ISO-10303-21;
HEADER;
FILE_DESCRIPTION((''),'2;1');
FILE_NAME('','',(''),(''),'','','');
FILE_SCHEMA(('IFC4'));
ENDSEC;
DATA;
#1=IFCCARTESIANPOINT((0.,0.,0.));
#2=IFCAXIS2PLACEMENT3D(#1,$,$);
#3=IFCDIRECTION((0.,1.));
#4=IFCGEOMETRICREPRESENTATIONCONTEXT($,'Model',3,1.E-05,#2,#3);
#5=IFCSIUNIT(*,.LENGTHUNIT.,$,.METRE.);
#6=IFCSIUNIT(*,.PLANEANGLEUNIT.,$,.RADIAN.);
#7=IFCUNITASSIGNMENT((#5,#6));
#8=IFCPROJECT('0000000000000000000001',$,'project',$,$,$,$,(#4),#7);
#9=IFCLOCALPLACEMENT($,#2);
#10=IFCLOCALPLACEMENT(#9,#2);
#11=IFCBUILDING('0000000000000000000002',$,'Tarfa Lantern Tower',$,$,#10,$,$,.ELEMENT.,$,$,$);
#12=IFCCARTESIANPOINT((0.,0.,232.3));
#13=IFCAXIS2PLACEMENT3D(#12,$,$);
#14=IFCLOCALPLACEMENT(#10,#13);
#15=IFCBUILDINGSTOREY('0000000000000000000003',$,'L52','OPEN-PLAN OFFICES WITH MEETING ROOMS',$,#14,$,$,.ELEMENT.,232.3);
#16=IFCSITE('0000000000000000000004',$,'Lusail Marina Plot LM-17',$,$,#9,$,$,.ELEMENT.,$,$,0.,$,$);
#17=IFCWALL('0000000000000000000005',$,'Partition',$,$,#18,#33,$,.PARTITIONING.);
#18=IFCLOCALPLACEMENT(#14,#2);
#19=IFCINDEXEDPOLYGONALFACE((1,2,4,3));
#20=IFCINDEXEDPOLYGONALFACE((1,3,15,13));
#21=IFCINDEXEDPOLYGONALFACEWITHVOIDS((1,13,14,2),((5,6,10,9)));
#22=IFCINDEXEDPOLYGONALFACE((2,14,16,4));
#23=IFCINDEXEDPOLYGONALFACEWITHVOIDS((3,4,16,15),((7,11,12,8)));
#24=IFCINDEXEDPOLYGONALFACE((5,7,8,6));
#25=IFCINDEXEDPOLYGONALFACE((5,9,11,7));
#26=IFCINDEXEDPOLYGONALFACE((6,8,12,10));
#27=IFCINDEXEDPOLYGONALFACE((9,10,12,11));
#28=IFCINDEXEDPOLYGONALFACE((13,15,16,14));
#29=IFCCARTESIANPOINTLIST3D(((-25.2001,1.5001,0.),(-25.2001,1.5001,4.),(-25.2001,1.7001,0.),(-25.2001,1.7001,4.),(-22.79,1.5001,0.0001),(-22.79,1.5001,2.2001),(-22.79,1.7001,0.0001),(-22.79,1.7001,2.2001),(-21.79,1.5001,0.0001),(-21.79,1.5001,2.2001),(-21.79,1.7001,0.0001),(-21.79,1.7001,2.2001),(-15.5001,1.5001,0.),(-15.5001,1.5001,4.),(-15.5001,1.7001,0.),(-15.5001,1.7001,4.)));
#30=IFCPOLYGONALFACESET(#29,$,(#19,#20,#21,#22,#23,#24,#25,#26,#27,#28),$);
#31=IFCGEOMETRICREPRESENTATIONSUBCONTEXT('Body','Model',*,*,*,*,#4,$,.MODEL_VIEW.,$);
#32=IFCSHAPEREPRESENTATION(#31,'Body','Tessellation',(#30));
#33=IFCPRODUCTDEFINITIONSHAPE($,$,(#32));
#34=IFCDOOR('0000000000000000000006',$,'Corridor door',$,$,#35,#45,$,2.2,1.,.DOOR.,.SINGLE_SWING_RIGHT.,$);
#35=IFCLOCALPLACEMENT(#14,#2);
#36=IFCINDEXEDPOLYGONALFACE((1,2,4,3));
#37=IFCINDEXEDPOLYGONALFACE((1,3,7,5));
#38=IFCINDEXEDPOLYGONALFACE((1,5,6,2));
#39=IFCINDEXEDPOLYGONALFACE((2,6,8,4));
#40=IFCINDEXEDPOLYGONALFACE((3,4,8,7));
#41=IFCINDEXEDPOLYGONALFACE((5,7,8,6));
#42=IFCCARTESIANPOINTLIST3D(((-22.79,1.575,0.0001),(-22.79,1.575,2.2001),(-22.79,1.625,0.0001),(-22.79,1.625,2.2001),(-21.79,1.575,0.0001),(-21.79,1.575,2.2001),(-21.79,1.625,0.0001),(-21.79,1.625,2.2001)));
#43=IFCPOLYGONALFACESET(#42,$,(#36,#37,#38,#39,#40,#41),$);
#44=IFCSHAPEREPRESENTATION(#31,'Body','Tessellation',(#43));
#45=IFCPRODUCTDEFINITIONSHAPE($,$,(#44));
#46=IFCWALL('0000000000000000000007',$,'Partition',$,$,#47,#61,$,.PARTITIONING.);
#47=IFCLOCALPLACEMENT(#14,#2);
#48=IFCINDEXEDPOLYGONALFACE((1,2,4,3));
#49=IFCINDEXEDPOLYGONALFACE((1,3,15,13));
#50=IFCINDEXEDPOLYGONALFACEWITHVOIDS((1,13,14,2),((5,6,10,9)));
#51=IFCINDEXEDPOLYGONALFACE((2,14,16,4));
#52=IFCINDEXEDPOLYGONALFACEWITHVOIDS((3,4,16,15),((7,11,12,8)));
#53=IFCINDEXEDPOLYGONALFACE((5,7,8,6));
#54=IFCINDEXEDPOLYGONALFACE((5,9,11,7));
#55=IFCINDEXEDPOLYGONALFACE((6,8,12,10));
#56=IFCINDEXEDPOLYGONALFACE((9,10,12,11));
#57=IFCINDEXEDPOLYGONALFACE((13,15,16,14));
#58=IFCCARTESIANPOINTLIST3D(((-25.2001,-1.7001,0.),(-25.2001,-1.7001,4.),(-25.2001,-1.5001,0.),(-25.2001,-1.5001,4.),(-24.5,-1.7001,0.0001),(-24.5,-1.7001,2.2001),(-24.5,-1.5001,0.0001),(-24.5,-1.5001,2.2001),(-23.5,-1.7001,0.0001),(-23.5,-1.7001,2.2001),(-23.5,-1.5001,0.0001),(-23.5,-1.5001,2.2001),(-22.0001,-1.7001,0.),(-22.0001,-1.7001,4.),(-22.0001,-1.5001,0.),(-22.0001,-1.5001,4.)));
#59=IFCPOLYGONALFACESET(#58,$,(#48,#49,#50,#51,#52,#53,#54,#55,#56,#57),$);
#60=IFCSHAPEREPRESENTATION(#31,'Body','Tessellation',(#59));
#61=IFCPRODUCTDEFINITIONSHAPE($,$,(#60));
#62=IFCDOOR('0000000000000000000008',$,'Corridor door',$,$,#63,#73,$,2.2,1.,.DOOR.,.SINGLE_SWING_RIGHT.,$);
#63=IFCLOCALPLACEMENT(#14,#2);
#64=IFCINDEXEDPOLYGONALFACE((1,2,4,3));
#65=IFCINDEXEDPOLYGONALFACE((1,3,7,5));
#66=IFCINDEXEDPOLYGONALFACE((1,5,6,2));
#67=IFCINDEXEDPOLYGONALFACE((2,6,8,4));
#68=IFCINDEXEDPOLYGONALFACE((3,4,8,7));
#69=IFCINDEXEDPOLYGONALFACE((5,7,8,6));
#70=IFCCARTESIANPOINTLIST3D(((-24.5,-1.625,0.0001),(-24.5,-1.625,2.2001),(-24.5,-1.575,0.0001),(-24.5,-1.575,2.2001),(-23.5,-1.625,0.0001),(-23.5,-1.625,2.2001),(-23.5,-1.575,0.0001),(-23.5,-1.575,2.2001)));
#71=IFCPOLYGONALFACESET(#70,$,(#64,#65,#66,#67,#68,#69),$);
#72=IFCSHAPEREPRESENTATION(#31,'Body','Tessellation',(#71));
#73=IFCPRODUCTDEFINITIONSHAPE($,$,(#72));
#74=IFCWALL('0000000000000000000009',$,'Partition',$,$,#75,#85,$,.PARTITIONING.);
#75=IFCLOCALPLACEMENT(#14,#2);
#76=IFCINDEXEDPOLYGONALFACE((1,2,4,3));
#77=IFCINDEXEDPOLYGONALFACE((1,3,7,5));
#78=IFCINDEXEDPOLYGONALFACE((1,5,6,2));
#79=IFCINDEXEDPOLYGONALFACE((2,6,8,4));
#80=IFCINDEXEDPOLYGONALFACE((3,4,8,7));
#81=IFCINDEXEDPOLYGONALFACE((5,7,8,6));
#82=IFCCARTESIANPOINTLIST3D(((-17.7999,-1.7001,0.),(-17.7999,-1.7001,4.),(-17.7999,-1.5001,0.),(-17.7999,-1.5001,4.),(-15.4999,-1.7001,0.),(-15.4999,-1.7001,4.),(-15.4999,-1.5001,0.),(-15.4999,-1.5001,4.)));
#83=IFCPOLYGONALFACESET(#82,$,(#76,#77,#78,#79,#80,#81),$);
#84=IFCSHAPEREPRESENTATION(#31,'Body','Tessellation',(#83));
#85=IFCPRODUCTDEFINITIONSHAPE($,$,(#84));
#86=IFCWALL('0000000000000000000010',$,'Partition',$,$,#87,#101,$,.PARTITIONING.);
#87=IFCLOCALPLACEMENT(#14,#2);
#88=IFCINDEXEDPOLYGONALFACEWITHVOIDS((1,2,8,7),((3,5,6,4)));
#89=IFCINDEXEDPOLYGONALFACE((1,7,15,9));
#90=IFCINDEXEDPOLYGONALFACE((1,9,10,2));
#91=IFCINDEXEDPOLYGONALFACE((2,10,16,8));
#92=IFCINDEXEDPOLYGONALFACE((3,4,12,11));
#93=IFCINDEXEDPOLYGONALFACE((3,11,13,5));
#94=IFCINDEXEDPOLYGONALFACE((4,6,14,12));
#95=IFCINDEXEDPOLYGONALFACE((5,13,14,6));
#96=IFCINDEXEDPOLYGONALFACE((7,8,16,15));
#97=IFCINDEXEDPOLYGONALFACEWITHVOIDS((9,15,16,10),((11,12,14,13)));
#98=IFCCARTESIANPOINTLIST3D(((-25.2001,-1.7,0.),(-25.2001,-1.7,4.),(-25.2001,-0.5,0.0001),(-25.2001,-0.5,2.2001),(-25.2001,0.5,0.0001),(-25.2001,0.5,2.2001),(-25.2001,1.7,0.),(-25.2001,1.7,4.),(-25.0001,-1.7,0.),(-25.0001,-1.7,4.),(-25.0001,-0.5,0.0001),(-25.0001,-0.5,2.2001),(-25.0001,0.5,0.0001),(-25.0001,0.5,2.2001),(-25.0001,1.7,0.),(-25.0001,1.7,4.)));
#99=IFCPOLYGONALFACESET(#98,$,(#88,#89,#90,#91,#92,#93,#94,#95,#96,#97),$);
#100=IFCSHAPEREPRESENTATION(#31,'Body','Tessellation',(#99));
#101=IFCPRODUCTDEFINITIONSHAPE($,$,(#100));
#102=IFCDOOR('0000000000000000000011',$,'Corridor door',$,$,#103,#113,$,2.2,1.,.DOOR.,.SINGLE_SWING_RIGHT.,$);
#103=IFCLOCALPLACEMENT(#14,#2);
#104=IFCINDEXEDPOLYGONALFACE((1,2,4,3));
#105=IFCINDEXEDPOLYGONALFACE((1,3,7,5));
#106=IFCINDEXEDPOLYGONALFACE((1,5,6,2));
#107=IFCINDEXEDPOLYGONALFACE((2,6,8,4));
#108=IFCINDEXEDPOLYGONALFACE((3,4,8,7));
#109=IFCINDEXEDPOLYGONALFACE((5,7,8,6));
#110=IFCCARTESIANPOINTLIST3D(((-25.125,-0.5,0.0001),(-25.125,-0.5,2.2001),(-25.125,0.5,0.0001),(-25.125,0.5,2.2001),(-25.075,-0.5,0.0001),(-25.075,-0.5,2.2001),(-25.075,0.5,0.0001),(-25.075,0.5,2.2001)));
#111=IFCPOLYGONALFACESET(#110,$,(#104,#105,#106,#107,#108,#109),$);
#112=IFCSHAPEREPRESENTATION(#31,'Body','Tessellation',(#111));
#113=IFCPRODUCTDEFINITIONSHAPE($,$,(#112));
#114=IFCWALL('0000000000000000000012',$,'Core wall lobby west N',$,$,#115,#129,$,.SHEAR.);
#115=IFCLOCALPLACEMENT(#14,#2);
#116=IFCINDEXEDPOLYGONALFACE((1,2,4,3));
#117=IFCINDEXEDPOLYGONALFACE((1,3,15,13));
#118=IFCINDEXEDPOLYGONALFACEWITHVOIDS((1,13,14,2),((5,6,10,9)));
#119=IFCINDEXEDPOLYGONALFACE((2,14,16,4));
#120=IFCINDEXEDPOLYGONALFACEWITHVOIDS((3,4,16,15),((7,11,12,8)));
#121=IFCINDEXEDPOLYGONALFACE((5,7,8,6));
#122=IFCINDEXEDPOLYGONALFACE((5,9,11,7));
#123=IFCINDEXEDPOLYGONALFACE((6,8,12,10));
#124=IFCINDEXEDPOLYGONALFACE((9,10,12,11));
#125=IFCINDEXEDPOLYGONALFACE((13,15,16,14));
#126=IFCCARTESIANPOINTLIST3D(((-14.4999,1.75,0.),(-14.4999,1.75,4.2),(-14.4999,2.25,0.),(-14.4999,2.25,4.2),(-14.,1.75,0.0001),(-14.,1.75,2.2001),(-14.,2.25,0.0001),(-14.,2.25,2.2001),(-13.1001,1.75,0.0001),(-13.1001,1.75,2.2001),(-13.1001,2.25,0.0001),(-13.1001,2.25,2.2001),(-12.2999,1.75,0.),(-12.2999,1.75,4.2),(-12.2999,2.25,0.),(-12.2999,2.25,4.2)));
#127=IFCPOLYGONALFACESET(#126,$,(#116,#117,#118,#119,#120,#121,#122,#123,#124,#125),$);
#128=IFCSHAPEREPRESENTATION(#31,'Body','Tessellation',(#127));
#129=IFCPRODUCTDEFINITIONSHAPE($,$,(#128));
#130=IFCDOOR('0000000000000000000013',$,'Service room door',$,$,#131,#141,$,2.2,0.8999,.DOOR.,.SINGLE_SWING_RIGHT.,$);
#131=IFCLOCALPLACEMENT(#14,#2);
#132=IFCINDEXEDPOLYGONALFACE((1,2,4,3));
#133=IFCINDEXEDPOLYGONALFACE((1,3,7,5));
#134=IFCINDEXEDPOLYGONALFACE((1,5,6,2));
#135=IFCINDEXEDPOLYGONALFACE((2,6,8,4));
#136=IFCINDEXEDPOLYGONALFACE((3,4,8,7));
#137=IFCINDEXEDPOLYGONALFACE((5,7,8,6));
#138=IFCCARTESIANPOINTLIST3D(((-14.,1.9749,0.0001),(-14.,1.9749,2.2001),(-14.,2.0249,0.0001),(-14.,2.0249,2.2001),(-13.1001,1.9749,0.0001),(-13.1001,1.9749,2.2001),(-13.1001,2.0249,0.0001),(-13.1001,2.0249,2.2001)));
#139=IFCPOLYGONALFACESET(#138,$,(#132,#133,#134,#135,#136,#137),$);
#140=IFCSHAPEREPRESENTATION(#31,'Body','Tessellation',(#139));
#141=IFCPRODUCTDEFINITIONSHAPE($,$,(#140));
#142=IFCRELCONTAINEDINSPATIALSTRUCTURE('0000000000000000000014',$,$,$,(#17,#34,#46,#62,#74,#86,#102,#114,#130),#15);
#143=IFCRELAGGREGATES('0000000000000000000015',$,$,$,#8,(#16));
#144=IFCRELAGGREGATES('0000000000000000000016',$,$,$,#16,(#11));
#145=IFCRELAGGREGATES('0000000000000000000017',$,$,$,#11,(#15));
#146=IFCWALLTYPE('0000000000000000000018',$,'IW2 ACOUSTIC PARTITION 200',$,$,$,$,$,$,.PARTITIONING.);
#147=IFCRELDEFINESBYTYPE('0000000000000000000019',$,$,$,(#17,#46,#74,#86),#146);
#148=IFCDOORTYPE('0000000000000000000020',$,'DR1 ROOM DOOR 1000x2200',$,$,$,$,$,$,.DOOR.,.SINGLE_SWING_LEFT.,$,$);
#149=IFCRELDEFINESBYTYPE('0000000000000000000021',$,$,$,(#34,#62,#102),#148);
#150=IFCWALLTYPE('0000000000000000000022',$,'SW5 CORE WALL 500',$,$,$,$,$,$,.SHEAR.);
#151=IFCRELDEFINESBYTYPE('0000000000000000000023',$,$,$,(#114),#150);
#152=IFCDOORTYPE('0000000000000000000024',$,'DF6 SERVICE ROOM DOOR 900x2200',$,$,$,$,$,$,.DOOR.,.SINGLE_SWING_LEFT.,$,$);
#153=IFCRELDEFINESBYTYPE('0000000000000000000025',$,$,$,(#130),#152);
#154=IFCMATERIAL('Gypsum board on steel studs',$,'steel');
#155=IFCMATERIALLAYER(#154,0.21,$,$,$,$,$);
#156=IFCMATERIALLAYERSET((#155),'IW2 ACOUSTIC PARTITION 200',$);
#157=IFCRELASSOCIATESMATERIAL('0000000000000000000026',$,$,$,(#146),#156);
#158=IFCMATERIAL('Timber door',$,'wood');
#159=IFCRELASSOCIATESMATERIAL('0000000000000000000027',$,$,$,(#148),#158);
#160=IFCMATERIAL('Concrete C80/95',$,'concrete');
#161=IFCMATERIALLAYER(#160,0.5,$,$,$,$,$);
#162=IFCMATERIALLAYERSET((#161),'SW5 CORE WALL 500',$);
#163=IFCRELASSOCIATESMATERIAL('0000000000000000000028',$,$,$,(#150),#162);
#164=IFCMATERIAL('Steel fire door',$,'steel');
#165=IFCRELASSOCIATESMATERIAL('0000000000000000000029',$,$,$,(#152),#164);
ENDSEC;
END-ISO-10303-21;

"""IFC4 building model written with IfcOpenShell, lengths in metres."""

from ifc_helpers import new_model, si_unit, direction, frame, frame_2d, origin, place, context, subcontext, project, spatial, rectangle, extrude, material, layer, layer_set, type_object, element, fill, save


model = new_model("IFC4")

# Units and contexts
model_context = context("Model", 3, precision=1e-05, world=origin(), true_north=direction((0.0, 1.0)))
body_context = subcontext(model_context, "Body", "Model", "MODEL_VIEW")
ifc_project = project(units=[si_unit("LENGTHUNIT", "METRE"), si_unit("PLANEANGLEUNIT", "RADIAN")], contexts=[model_context])

# Site, building, storey
site_placement = place(None, origin())
site = spatial("IfcSite", under=ifc_project, at=site_placement, Name="Lusail Marina Plot LM-17", CompositionType="ELEMENT", RefElevation=0.0)
building_placement = place(site_placement, origin())
building = spatial("IfcBuilding", under=site, at=building_placement, Name="Tarfa Lantern Tower", CompositionType="ELEMENT")
storey_placement = place(building_placement, frame((0.0, 0.0, 232.3)))
storey = spatial("IfcBuildingStorey", under=building, at=storey_placement, Name="L52", Description="OPEN-PLAN OFFICES WITH MEETING ROOMS", CompositionType="ELEMENT", Elevation=232.3)

# Shared definitions
ifc_material_1 = material(Name="Concrete C80/95", Category="concrete")

# Shared definitions
ifc_material_2 = material(Name="Gypsum board on steel studs", Category="steel")
ifc_layer_1 = layer(ifc_material_2, 0.21)
ifc_layer_set_1 = layer_set([ifc_layer_1], Name="IW2 ACOUSTIC PARTITION 200")
wall_type_1 = type_object("IfcWallType", Name="IW2 ACOUSTIC PARTITION 200", PredefinedType="PARTITIONING", material=ifc_layer_set_1)
ifc_material_3 = material(Name="Timber door", Category="wood")
door_type_1 = type_object("IfcDoorType", Name="DR1 ROOM DOOR 1000x2200", OperationType="SINGLE_SWING_LEFT", PredefinedType="DOOR", material=ifc_material_3)

# Walls, openings, doors
wall_1_placement = place(storey_placement, frame((-15.5, 1.6001, 0.0), z_axis=(0.0, 0.0, 1.0), x_axis=(-1.0, 0.0, 0.0)))
wall_1 = element("IfcWall", 1, at=wall_1_placement, inside=storey, type_object=wall_type_1, Name="Partition", PredefinedType="PARTITIONING", context=body_context, shape_type="SweptSolid", body=[
    extrude(rectangle(XDim=9.7, YDim=0.2, at=frame_2d((4.8501, 0.0))), origin(), (0.0, 0.0, 1.0), 4.0),
])
opening_1_placement = place(wall_1_placement, frame((6.29, 0.0, 0.0)))
opening_1 = element("IfcOpeningElement", 2, at=opening_1_placement, cuts=wall_1, PredefinedType="OPENING", context=body_context, shape_type="SweptSolid", body=[
    extrude(rectangle(XDim=1.0, YDim=2.2, at=frame_2d((0.5, 1.1001))), frame((0.0, 0.1099, 0.0), z_axis=(0.0, -1.0, 0.0), x_axis=(1.0, 0.0, 0.0)), (0.0, 0.0, 1.0), 0.22),
])
door_1_placement = place(opening_1_placement, frame((1.0, 0.0, 0.0), z_axis=(0.0, 0.0, 1.0), x_axis=(-1.0, 0.0, 0.0)))
door_1 = element("IfcDoor", 3, at=door_1_placement, inside=storey, type_object=door_type_1, Name="Corridor door", OperationType="SINGLE_SWING_RIGHT", OverallHeight=2.2, OverallWidth=1.0, PredefinedType="DOOR", context=body_context, shape_type="SweptSolid", body=[
    extrude(rectangle(XDim=1.0, YDim=2.2, at=frame_2d((0.5, 1.1001))), frame((0.0, 0.0249, 0.0), z_axis=(0.0, -1.0, 0.0), x_axis=(1.0, 0.0, 0.0)), (0.0, 0.0, 1.0), 0.05),
])
fill(opening_1, door_1)
wall_2_placement = place(storey_placement, frame((-22.0, -1.6001, 0.0), z_axis=(0.0, 0.0, 1.0), x_axis=(-1.0, 0.0, 0.0)))
wall_2 = element("IfcWall", 4, at=wall_2_placement, inside=storey, type_object=wall_type_1, Name="Partition", PredefinedType="PARTITIONING", context=body_context, shape_type="SweptSolid", body=[
    extrude(rectangle(XDim=3.2, YDim=0.2, at=frame_2d((1.6001, 0.0))), origin(), (0.0, 0.0, 1.0), 4.0),
])
opening_2_placement = place(wall_2_placement, frame((1.5, 0.0, 0.0)))
opening_2 = element("IfcOpeningElement", 5, at=opening_2_placement, cuts=wall_2, PredefinedType="OPENING", context=body_context, shape_type="SweptSolid", body=[
    extrude(rectangle(XDim=1.0, YDim=2.2, at=frame_2d((0.5, 1.1001))), frame((0.0, 0.1099, 0.0), z_axis=(0.0, -1.0, 0.0), x_axis=(1.0, 0.0, 0.0)), (0.0, 0.0, 1.0), 0.22),
])
door_2_placement = place(opening_2_placement, origin())
door_2 = element("IfcDoor", 6, at=door_2_placement, inside=storey, type_object=door_type_1, Name="Corridor door", OperationType="SINGLE_SWING_RIGHT", OverallHeight=2.2, OverallWidth=1.0, PredefinedType="DOOR", context=body_context, shape_type="SweptSolid", body=[
    extrude(rectangle(XDim=1.0, YDim=2.2, at=frame_2d((0.5, 1.1001))), frame((0.0, 0.0249, 0.0), z_axis=(0.0, -1.0, 0.0), x_axis=(1.0, 0.0, 0.0)), (0.0, 0.0, 1.0), 0.05),
])
fill(opening_2, door_2)

# Wall
wall_3_placement = place(storey_placement, frame((-15.5, -1.6001, 0.0), z_axis=(0.0, 0.0, 1.0), x_axis=(-1.0, 0.0, 0.0)))
element("IfcWall", 7, at=wall_3_placement, inside=storey, type_object=wall_type_1, Name="Partition", PredefinedType="PARTITIONING", context=body_context, shape_type="SweptSolid", body=[
    extrude(rectangle(XDim=2.3, YDim=0.2, at=frame_2d((1.1499, 0.0))), origin(), (0.0, 0.0, 1.0), 4.0),
])

# Walls, openings, doors
wall_4_placement = place(storey_placement, frame((-25.1001, -1.7, 0.0), z_axis=(0.0, 0.0, 1.0), x_axis=(0.0, 1.0, 0.0)))
wall_4 = element("IfcWall", 8, at=wall_4_placement, inside=storey, type_object=wall_type_1, Name="Partition", PredefinedType="PARTITIONING", context=body_context, shape_type="SweptSolid", body=[
    extrude(rectangle(XDim=3.3999, YDim=0.2, at=frame_2d((1.7, 0.0))), origin(), (0.0, 0.0, 1.0), 4.0),
])
opening_3_placement = place(wall_4_placement, frame((1.2, 0.0, 0.0)))
opening_3 = element("IfcOpeningElement", 9, at=opening_3_placement, cuts=wall_4, PredefinedType="OPENING", context=body_context, shape_type="SweptSolid", body=[
    extrude(rectangle(XDim=1.0, YDim=2.2, at=frame_2d((0.5, 1.1001))), frame((0.0, 0.1099, 0.0), z_axis=(0.0, -1.0, 0.0), x_axis=(1.0, 0.0, 0.0)), (0.0, 0.0, 1.0), 0.22),
])
door_3_placement = place(opening_3_placement, origin())
door_3 = element("IfcDoor", 10, at=door_3_placement, inside=storey, type_object=door_type_1, Name="Corridor door", OperationType="SINGLE_SWING_RIGHT", OverallHeight=2.2, OverallWidth=1.0, PredefinedType="DOOR", context=body_context, shape_type="SweptSolid", body=[
    extrude(rectangle(XDim=1.0, YDim=2.2, at=frame_2d((0.5, 1.1001))), frame((0.0, 0.0249, 0.0), z_axis=(0.0, -1.0, 0.0), x_axis=(1.0, 0.0, 0.0)), (0.0, 0.0, 1.0), 0.05),
])
fill(opening_3, door_3)
ifc_layer_2 = layer(ifc_material_1, 0.5)
ifc_layer_set_2 = layer_set([ifc_layer_2], Name="SW5 CORE WALL 500")
wall_type_2 = type_object("IfcWallType", Name="SW5 CORE WALL 500", PredefinedType="SHEAR", material=ifc_layer_set_2)
wall_5_placement = place(storey_placement, frame((-14.5, 2.0, 0.0), z_axis=(0.0, 0.0, 1.0), x_axis=(1.0, 0.0, 0.0)))
wall_5 = element("IfcWall", 11, at=wall_5_placement, inside=storey, type_object=wall_type_2, Name="Core wall lobby west N", PredefinedType="SHEAR", context=body_context, shape_type="SweptSolid", body=[
    extrude(rectangle(XDim=2.2, YDim=0.5, at=frame_2d((1.1001, 0.0))), origin(), (0.0, 0.0, 1.0), 4.2),
])
opening_4_placement = place(wall_5_placement, frame((0.5, 0.0, 0.0)))
opening_4 = element("IfcOpeningElement", 12, at=opening_4_placement, cuts=wall_5, PredefinedType="OPENING", context=body_context, shape_type="SweptSolid", body=[
    extrude(rectangle(XDim=0.8999, YDim=2.2, at=frame_2d((0.45, 1.1001))), frame((0.0, 0.26, 0.0), z_axis=(0.0, -1.0, 0.0), x_axis=(1.0, 0.0, 0.0)), (0.0, 0.0, 1.0), 0.52),
])
ifc_material_4 = material(Name="Steel fire door", Category="steel")
door_type_2 = type_object("IfcDoorType", Name="DF6 SERVICE ROOM DOOR 900x2200", OperationType="SINGLE_SWING_LEFT", PredefinedType="DOOR", material=ifc_material_4)
door_4_placement = place(opening_4_placement, origin())
door_4 = element("IfcDoor", 13, at=door_4_placement, inside=storey, type_object=door_type_2, Name="Service room door", OperationType="SINGLE_SWING_RIGHT", OverallHeight=2.2, OverallWidth=0.8999, PredefinedType="DOOR", context=body_context, shape_type="SweptSolid", body=[
    extrude(rectangle(XDim=0.8999, YDim=2.2, at=frame_2d((0.45, 1.1001))), frame((0.0, 0.0249, 0.0), z_axis=(0.0, -1.0, 0.0), x_axis=(1.0, 0.0, 0.0)), (0.0, 0.0, 1.0), 0.05),
])
fill(opening_4, door_4)

save(model, "model.ifc")
